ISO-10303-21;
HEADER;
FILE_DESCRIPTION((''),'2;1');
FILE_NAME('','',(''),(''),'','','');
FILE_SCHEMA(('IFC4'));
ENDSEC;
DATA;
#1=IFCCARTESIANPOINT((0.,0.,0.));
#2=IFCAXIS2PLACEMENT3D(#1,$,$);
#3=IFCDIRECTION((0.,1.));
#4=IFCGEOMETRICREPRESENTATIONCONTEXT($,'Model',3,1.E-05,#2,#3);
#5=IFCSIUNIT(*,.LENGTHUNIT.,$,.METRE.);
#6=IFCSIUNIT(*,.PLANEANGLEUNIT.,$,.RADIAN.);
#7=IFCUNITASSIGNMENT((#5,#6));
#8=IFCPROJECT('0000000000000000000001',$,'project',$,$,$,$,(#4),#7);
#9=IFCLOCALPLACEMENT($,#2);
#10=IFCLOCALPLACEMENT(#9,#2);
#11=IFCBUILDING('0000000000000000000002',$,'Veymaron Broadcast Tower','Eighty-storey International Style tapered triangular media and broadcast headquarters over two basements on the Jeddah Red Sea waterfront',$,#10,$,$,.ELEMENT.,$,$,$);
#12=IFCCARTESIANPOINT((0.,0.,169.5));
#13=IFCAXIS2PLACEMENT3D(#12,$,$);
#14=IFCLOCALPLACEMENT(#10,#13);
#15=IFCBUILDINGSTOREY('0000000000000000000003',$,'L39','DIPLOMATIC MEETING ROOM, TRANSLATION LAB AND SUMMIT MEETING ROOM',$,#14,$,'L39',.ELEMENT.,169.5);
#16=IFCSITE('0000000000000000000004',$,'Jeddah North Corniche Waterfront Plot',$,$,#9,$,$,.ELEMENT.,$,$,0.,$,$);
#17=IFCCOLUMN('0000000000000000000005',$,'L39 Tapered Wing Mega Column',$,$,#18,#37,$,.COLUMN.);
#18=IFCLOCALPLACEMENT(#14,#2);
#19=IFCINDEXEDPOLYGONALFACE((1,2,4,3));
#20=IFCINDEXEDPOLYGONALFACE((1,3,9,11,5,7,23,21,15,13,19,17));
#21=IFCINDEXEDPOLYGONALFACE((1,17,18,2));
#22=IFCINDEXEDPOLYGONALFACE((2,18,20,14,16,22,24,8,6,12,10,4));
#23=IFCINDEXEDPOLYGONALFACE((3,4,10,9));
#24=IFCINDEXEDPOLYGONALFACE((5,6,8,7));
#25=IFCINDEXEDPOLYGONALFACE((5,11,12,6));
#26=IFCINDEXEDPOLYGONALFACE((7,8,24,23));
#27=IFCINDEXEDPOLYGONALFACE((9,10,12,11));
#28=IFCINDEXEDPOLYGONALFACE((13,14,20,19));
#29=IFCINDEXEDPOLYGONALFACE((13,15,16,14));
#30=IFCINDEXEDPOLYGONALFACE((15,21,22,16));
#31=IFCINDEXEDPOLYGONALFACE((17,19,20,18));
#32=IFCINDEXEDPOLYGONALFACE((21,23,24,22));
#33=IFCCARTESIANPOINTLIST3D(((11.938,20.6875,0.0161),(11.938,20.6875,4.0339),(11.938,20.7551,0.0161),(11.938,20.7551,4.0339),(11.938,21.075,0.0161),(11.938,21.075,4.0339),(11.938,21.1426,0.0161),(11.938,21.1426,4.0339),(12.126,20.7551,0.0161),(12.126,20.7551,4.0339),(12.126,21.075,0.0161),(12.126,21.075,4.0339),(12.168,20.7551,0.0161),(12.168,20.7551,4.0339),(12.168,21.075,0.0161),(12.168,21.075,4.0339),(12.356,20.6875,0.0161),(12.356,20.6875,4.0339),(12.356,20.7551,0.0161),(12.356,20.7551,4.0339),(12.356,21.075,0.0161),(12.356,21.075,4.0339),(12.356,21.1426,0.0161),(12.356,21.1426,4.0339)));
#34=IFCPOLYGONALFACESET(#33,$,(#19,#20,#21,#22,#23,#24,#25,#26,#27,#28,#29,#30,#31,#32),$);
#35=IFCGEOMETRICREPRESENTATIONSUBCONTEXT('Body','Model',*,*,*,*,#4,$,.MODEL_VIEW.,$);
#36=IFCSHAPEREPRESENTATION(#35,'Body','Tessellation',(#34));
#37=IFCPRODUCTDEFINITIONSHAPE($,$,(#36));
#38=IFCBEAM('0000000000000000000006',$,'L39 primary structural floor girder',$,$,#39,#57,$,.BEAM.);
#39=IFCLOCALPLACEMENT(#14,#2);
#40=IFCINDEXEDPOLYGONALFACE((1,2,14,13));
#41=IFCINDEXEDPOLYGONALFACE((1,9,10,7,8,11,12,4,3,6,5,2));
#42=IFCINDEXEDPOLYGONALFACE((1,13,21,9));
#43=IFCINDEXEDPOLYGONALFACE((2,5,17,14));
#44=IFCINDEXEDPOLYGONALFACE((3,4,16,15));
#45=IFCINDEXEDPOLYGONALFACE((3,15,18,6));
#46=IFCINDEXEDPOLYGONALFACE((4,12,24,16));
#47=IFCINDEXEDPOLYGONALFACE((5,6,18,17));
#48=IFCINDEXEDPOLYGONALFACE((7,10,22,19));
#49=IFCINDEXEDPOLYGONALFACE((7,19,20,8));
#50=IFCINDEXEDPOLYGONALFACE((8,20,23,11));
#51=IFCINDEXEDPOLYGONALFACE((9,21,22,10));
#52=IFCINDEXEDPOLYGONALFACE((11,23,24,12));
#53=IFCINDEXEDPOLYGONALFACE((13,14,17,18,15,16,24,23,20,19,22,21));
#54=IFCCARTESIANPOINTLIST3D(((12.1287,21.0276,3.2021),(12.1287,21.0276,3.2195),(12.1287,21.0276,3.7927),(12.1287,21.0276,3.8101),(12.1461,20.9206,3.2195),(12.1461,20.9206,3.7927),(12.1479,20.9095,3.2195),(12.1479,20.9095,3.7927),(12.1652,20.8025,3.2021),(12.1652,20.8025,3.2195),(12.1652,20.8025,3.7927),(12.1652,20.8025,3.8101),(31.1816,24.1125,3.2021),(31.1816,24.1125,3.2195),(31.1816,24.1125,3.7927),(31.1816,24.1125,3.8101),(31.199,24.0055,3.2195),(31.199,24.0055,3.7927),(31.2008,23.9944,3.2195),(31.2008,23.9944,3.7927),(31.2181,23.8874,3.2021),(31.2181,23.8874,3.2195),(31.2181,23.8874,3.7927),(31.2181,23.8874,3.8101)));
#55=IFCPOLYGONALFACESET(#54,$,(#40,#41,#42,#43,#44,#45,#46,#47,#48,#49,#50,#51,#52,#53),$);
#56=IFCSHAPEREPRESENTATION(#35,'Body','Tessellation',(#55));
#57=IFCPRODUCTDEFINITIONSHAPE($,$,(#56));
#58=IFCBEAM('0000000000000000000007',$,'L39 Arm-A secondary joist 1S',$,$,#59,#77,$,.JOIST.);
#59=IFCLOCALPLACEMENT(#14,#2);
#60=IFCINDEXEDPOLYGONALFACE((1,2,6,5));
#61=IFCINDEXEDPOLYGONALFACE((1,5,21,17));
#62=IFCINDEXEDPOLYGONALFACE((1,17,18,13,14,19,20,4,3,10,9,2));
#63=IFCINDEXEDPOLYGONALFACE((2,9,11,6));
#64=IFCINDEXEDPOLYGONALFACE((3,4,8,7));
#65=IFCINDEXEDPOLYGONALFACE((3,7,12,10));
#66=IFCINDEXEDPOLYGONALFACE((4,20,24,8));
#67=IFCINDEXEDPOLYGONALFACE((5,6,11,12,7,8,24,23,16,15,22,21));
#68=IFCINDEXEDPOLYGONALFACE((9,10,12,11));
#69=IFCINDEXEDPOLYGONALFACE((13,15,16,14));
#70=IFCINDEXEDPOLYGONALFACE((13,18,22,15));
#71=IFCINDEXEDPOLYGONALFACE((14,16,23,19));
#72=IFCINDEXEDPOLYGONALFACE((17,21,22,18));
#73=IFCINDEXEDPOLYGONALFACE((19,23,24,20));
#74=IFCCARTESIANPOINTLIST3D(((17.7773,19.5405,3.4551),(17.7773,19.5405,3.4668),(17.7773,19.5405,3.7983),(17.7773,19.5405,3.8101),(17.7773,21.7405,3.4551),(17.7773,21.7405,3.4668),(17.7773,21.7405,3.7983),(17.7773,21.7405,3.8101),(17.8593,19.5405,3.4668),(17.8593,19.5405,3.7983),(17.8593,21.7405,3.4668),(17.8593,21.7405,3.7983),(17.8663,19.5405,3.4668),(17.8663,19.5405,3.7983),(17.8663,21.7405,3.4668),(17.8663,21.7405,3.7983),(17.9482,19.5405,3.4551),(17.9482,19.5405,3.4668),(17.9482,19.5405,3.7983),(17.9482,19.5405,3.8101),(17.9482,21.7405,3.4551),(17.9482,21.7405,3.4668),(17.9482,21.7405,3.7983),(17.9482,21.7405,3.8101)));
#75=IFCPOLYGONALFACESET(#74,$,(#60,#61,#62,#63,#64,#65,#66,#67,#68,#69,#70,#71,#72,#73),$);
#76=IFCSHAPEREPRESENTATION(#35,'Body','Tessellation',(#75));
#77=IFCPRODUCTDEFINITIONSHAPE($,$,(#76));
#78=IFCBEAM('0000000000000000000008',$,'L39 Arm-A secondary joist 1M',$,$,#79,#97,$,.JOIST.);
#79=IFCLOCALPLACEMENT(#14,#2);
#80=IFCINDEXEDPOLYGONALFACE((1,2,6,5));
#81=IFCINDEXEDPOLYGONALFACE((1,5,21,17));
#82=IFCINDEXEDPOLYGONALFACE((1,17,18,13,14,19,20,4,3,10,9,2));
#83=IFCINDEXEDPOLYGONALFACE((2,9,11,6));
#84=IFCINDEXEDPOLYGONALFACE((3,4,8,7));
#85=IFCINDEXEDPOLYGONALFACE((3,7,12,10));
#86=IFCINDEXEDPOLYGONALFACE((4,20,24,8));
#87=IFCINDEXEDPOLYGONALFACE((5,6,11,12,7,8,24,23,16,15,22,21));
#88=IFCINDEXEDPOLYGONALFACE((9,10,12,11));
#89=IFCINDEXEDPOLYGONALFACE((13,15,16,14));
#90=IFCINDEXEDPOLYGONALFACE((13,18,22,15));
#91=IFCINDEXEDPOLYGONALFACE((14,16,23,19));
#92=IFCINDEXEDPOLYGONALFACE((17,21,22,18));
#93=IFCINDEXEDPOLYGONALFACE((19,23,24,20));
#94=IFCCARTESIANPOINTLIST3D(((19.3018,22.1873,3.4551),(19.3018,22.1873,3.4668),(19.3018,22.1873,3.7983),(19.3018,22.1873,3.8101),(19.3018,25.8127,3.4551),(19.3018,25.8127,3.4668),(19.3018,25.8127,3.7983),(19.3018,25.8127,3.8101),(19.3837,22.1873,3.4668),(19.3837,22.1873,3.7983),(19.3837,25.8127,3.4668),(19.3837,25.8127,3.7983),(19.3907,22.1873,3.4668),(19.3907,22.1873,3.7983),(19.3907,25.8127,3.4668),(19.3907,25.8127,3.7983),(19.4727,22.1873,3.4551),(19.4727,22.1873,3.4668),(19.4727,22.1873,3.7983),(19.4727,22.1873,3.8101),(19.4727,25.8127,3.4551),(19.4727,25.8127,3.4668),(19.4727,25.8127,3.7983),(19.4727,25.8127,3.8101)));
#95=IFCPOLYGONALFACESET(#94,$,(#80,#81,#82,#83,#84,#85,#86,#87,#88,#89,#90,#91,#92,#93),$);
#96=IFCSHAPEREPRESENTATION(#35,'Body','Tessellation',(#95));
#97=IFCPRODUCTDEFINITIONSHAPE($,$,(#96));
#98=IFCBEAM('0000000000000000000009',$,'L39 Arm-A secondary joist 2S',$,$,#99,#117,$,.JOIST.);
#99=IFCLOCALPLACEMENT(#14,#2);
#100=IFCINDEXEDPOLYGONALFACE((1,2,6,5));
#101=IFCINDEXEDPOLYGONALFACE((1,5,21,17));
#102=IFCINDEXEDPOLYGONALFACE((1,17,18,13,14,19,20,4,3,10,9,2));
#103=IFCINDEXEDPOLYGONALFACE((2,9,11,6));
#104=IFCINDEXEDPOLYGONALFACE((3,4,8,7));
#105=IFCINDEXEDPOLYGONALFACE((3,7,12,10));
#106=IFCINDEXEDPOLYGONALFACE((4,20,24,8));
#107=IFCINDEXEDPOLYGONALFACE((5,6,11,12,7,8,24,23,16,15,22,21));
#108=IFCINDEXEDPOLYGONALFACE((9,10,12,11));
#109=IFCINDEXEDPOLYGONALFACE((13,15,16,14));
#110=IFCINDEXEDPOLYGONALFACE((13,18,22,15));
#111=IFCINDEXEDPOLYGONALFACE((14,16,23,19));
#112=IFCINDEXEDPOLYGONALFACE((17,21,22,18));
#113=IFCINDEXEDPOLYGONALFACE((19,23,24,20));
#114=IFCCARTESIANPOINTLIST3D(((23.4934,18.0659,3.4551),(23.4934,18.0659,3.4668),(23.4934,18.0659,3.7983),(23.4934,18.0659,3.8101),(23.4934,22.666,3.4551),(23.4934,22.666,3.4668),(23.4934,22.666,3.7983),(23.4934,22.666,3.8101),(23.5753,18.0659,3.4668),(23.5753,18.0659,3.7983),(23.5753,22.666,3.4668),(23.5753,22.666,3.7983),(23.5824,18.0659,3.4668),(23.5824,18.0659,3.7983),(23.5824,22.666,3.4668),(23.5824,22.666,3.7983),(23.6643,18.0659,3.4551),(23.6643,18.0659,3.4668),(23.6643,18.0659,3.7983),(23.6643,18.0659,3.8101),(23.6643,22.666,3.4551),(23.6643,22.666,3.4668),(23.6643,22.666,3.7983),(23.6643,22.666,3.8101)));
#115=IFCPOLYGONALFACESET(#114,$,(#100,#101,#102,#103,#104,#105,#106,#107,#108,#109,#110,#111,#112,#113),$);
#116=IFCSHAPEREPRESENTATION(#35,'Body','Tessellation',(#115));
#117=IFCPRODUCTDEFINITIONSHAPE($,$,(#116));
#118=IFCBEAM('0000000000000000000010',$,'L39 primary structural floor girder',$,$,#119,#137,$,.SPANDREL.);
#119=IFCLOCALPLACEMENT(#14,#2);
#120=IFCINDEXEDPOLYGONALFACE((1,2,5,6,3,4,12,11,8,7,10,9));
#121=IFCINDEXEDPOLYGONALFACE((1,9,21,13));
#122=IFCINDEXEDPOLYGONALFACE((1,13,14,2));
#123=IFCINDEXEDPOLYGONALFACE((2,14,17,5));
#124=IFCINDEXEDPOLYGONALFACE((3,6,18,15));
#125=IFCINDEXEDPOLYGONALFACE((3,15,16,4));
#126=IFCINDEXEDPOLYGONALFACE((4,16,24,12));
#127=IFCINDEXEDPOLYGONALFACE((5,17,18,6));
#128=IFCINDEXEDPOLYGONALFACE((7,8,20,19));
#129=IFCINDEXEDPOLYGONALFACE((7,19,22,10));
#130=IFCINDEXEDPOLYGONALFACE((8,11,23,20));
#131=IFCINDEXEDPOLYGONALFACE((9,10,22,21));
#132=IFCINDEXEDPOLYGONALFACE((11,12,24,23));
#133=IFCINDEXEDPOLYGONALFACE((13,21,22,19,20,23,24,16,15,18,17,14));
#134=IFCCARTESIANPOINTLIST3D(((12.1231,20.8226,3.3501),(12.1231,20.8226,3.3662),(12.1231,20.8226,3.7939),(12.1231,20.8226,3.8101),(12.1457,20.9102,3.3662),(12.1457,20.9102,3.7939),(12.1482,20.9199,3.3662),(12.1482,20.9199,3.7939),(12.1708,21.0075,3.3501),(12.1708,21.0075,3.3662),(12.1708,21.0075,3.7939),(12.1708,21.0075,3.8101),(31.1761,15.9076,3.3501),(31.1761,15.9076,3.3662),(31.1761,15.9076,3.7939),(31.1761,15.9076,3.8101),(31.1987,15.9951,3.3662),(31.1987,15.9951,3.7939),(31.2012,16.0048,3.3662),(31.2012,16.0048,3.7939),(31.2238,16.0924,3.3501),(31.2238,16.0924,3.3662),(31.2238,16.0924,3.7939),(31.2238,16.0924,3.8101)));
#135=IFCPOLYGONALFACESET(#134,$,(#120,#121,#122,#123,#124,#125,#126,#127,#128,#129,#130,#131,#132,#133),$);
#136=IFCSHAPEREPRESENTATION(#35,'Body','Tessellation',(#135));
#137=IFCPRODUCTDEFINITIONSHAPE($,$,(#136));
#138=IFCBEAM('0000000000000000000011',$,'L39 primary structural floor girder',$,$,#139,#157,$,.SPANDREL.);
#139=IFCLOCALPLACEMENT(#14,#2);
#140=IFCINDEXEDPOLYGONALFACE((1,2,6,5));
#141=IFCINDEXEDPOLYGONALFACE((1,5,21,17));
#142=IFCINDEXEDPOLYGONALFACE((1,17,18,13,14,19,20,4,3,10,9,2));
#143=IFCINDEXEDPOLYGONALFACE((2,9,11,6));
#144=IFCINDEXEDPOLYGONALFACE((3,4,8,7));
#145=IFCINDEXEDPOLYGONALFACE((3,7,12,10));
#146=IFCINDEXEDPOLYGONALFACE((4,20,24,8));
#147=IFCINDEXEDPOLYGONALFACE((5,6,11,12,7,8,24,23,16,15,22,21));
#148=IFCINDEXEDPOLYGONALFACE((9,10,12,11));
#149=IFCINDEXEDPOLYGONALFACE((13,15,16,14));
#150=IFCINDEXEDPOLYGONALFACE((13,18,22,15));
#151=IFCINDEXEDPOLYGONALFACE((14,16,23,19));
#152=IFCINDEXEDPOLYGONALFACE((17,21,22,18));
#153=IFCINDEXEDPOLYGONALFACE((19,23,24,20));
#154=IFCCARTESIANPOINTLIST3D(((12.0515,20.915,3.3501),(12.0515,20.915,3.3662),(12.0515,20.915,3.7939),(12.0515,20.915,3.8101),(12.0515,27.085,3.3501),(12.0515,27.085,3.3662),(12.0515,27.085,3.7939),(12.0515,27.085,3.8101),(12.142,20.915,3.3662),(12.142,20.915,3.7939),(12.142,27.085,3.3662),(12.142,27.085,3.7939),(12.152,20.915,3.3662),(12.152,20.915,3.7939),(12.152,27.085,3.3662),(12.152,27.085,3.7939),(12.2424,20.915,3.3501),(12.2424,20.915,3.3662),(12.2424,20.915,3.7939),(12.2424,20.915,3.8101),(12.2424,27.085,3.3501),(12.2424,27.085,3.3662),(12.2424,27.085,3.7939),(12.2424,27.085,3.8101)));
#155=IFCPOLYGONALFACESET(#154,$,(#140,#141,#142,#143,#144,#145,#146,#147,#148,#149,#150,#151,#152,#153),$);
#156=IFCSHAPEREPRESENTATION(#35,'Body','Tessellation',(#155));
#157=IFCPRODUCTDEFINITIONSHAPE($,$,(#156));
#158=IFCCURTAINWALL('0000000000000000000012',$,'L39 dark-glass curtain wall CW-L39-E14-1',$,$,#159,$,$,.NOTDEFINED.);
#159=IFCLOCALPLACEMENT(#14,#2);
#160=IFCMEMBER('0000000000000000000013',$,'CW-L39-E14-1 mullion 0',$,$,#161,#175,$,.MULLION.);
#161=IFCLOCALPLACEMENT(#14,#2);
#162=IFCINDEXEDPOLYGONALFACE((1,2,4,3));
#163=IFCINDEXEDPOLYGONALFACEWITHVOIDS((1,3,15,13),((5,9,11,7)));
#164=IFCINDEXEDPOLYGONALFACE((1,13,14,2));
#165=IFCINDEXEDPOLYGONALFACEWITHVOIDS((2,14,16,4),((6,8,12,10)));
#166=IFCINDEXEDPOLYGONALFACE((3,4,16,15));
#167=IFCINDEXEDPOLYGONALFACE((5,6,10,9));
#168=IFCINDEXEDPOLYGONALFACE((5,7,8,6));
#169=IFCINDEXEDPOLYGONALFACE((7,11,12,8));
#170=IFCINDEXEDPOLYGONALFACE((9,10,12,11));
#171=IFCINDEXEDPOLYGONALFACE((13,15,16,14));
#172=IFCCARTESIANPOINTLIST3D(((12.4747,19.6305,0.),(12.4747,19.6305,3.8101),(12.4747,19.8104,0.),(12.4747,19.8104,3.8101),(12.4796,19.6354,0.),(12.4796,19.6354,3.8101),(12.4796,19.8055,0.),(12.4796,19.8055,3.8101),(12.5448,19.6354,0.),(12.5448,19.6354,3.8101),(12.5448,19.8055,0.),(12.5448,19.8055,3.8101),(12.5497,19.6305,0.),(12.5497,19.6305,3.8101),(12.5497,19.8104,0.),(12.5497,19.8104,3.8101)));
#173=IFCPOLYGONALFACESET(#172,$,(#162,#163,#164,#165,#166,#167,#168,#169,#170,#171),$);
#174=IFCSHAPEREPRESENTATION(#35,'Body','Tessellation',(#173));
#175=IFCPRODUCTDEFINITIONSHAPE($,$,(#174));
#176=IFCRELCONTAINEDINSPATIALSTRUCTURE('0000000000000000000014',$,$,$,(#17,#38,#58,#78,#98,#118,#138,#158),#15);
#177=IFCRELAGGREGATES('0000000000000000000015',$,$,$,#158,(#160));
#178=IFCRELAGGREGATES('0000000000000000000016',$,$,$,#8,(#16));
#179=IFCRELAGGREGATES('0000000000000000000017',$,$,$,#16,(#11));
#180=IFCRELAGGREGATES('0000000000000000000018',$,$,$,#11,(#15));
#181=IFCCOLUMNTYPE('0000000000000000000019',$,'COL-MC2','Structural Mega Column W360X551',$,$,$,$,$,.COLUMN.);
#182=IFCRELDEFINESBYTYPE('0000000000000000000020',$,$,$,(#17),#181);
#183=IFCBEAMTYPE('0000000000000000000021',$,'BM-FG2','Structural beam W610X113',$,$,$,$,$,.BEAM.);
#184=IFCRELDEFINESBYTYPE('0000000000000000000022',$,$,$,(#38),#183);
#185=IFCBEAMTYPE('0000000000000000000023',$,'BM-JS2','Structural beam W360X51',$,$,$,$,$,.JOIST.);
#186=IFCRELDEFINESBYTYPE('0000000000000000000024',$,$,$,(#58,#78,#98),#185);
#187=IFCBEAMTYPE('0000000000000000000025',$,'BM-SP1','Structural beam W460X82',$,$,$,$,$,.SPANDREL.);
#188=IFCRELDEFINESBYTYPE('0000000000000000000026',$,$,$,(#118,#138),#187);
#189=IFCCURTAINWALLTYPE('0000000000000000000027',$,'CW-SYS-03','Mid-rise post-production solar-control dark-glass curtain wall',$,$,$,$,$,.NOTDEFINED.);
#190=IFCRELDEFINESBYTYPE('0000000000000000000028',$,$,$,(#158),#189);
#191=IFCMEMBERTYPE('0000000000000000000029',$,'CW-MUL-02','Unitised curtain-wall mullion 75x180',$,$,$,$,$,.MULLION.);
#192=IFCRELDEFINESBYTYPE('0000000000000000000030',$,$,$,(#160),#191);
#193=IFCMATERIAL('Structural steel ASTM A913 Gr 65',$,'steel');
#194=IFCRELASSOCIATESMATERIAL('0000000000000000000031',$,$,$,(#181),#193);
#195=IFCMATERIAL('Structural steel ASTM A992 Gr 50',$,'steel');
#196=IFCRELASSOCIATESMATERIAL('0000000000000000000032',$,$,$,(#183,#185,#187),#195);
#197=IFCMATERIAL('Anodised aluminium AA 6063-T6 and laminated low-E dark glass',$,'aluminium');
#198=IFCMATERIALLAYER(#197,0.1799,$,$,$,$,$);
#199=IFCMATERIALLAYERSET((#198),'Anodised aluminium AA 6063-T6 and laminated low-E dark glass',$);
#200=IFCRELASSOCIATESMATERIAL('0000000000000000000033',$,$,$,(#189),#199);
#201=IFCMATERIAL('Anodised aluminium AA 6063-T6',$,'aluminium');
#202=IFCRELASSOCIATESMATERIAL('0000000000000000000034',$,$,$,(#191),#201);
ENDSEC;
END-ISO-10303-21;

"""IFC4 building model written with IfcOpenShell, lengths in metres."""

from ifc_helpers import new_model, si_unit, direction, frame, origin, origin_2d, place, context, subcontext, project, spatial, hollow_rectangle, i_section, extrude, material, layer, layer_set, material_profile, profile_set, type_object, element, aggregate, save


model = new_model("IFC4")

# Units and contexts
model_context = context("Model", 3, precision=1e-05, world=origin(), true_north=direction((0.0, 1.0)))
body_context = subcontext(model_context, "Body", "Model", "MODEL_VIEW")
ifc_project = project(units=[si_unit("LENGTHUNIT", "METRE"), si_unit("PLANEANGLEUNIT", "RADIAN")], contexts=[model_context])

# Site, building, storey
site_placement = place(None, origin())
site = spatial("IfcSite", under=ifc_project, at=site_placement, Name="Jeddah North Corniche Waterfront Plot", CompositionType="ELEMENT", RefElevation=0.0)
building_placement = place(site_placement, origin())
building = spatial("IfcBuilding", under=site, at=building_placement, Name="Veymaron Broadcast Tower", Description="Eighty-storey International Style tapered triangular media and broadcast headquarters over two basements on the Jeddah Red Sea waterfront", CompositionType="ELEMENT")
storey_placement = place(building_placement, frame((0.0, 0.0, 169.5)))
storey = spatial("IfcBuildingStorey", under=building, at=storey_placement, Name="L39", Description="DIPLOMATIC MEETING ROOM, TRANSLATION LAB AND SUMMIT MEETING ROOM", LongName="L39", CompositionType="ELEMENT", Elevation=169.5)

# Column
ifc_material_1 = material(Name="Structural steel ASTM A913 Gr 65", Category="steel")
ifc_material_profile_1 = material_profile(ifc_material_1, i_section(OverallWidth=0.418, OverallDepth=0.4551, WebThickness=0.042, FlangeThickness=0.0676, at=origin_2d()), Name="W360X551")
ifc_profile_set_1 = profile_set([ifc_material_profile_1], Name="Structural steel ASTM A913 Gr 65")
column_type = type_object("IfcColumnType", Name="COL-MC2", Description="Structural Mega Column W360X551", PredefinedType="COLUMN", material=ifc_profile_set_1)
column_placement = place(storey_placement, frame((12.147, 20.915, 0.0161), z_axis=(0.0, 0.0, 1.0), x_axis=(1.0, 0.0, 0.0)))
element("IfcColumn", 1, at=column_placement, inside=storey, type_object=column_type, Name="L39 Tapered Wing Mega Column", PredefinedType="COLUMN", context=body_context, shape_type="SweptSolid", body=[
    extrude(i_section(OverallWidth=0.418, OverallDepth=0.4551, WebThickness=0.042, FlangeThickness=0.0676, at=origin_2d()), origin(), (0.0, 0.0, 1.0), 4.0178),
])

# Beams
ifc_material_2 = material(Name="Structural steel ASTM A992 Gr 50", Category="steel")
ifc_material_profile_2 = material_profile(ifc_material_2, i_section(OverallWidth=0.228, OverallDepth=0.6079, WebThickness=0.0112, FlangeThickness=0.0173, at=origin_2d()), Name="W610X113")
ifc_profile_set_2 = profile_set([ifc_material_profile_2], Name="Structural steel ASTM A992 Gr 50")
beam_type_1 = type_object("IfcBeamType", Name="BM-FG2", Description="Structural beam W610X113", PredefinedType="BEAM", material=ifc_profile_set_2)
beam_1_placement = place(storey_placement, frame((12.147, 20.915, 3.5061), z_axis=(0.987144, 0.159833, 0.0), x_axis=(-0.159833, 0.987144, 0.0)))
element("IfcBeam", 2, at=beam_1_placement, inside=storey, type_object=beam_type_1, Name="L39 primary structural floor girder", PredefinedType="BEAM", context=body_context, shape_type="SweptSolid", body=[
    extrude(i_section(OverallWidth=0.228, OverallDepth=0.6079, WebThickness=0.0112, FlangeThickness=0.0173, at=origin_2d()), origin(), (0.0, 0.0, 1.0), 19.301),
])
ifc_material_profile_3 = material_profile(ifc_material_2, i_section(OverallWidth=0.1709, OverallDepth=0.355, WebThickness=0.0071, FlangeThickness=0.0117, at=origin_2d()), Name="W360X51")
ifc_profile_set_3 = profile_set([ifc_material_profile_3], Name="Structural steel ASTM A992 Gr 50")
beam_type_2 = type_object("IfcBeamType", Name="BM-JS2", Description="Structural beam W360X51", PredefinedType="JOIST", material=ifc_profile_set_3)
beam_2_placement = place(storey_placement, frame((17.8628, 19.5405, 3.6326), z_axis=(0.0, 1.0, 0.0), x_axis=(-1.0, 0.0, 0.0)))
element("IfcBeam", 3, at=beam_2_placement, inside=storey, type_object=beam_type_2, Name="L39 Arm-A secondary joist 1S", PredefinedType="JOIST", context=body_context, shape_type="SweptSolid", body=[
    extrude(i_section(OverallWidth=0.1709, OverallDepth=0.355, WebThickness=0.0071, FlangeThickness=0.0117, at=origin_2d()), origin(), (0.0, 0.0, 1.0), 2.2),
])
beam_3_placement = place(storey_placement, frame((19.3872, 22.1873, 3.6326), z_axis=(0.0, 1.0, 0.0), x_axis=(-1.0, 0.0, 0.0)))
element("IfcBeam", 4, at=beam_3_placement, inside=storey, type_object=beam_type_2, Name="L39 Arm-A secondary joist 1M", PredefinedType="JOIST", context=body_context, shape_type="SweptSolid", body=[
    extrude(i_section(OverallWidth=0.1709, OverallDepth=0.355, WebThickness=0.0071, FlangeThickness=0.0117, at=origin_2d()), origin(), (0.0, 0.0, 1.0), 3.6255),
])
beam_4_placement = place(storey_placement, frame((23.5789, 18.0659, 3.6326), z_axis=(0.0, 1.0, 0.0), x_axis=(-1.0, 0.0, 0.0)))
element("IfcBeam", 5, at=beam_4_placement, inside=storey, type_object=beam_type_2, Name="L39 Arm-A secondary joist 2S", PredefinedType="JOIST", context=body_context, shape_type="SweptSolid", body=[
    extrude(i_section(OverallWidth=0.1709, OverallDepth=0.355, WebThickness=0.0071, FlangeThickness=0.0117, at=origin_2d()), origin(), (0.0, 0.0, 1.0), 4.6001),
])
ifc_material_profile_4 = material_profile(ifc_material_2, i_section(OverallWidth=0.1909, OverallDepth=0.46, WebThickness=0.01, FlangeThickness=0.0161, at=origin_2d()), Name="W460X82")
ifc_profile_set_4 = profile_set([ifc_material_profile_4], Name="Structural steel ASTM A992 Gr 50")
beam_type_3 = type_object("IfcBeamType", Name="BM-SP1", Description="Structural beam W460X82", PredefinedType="SPANDREL", material=ifc_profile_set_4)
beam_5_placement = place(storey_placement, frame((12.147, 20.915, 3.5801), z_axis=(0.9683, -0.249789, 0.0), x_axis=(0.249789, 0.9683, 0.0)))
element("IfcBeam", 6, at=beam_5_placement, inside=storey, type_object=beam_type_3, Name="L39 primary structural floor girder", PredefinedType="SPANDREL", context=body_context, shape_type="SweptSolid", body=[
    extrude(i_section(OverallWidth=0.1909, OverallDepth=0.46, WebThickness=0.01, FlangeThickness=0.0161, at=origin_2d()), origin(), (0.0, 0.0, 1.0), 19.6768),
])
beam_6_placement = place(storey_placement, frame((12.147, 20.915, 3.5801), z_axis=(0.0, 1.0, 0.0), x_axis=(-1.0, 0.0, 0.0)))
element("IfcBeam", 7, at=beam_6_placement, inside=storey, type_object=beam_type_3, Name="L39 primary structural floor girder", PredefinedType="SPANDREL", context=body_context, shape_type="SweptSolid", body=[
    extrude(i_section(OverallWidth=0.1909, OverallDepth=0.46, WebThickness=0.01, FlangeThickness=0.0161, at=origin_2d()), origin(), (0.0, 0.0, 1.0), 6.1699),
])

# Curtain wall, member
ifc_material_3 = material(Name="Anodised aluminium AA 6063-T6 and laminated low-E dark glass", Category="aluminium")
ifc_layer_1 = layer(ifc_material_3, 0.1799)
ifc_layer_set_1 = layer_set([ifc_layer_1], Name="Anodised aluminium AA 6063-T6 and laminated low-E dark glass")
curtain_wall_type = type_object("IfcCurtainWallType", Name="CW-SYS-03", Description="Mid-rise post-production solar-control dark-glass curtain wall", PredefinedType="NOTDEFINED", material=ifc_layer_set_1)
curtain_wall_placement = place(storey_placement, origin())
curtain_wall = element("IfcCurtainWall", 8, at=curtain_wall_placement, inside=storey, type_object=curtain_wall_type, Name="L39 dark-glass curtain wall CW-L39-E14-1", PredefinedType="NOTDEFINED")
ifc_material_4 = material(Name="Anodised aluminium AA 6063-T6", Category="aluminium")
ifc_material_profile_5 = material_profile(ifc_material_4, hollow_rectangle(XDim=0.075, YDim=0.1799, WallThickness=0.0049, at=origin_2d()), Name="AL180X75X5")
ifc_profile_set_5 = profile_set([ifc_material_profile_5], Name="Anodised aluminium AA 6063-T6")
member_type_1 = type_object("IfcMemberType", Name="CW-MUL-02", Description="Unitised curtain-wall mullion 75x180", PredefinedType="MULLION", material=ifc_profile_set_5)
member_1_placement = place(storey_placement, frame((12.5122, 19.7205, 0.0), z_axis=(0.0, 0.0, 1.0), x_axis=(1.0, 0.0, 0.0)))
member_1 = element("IfcMember", 9, at=member_1_placement, type_object=member_type_1, Name="CW-L39-E14-1 mullion 0", PredefinedType="MULLION", context=body_context, shape_type="SweptSolid", body=[
    extrude(hollow_rectangle(XDim=0.075, YDim=0.1799, WallThickness=0.0049, at=origin_2d()), origin(), (0.0, 0.0, 1.0), 3.8101),
])
aggregate(curtain_wall, [member_1])

save(model, "model.ifc")
